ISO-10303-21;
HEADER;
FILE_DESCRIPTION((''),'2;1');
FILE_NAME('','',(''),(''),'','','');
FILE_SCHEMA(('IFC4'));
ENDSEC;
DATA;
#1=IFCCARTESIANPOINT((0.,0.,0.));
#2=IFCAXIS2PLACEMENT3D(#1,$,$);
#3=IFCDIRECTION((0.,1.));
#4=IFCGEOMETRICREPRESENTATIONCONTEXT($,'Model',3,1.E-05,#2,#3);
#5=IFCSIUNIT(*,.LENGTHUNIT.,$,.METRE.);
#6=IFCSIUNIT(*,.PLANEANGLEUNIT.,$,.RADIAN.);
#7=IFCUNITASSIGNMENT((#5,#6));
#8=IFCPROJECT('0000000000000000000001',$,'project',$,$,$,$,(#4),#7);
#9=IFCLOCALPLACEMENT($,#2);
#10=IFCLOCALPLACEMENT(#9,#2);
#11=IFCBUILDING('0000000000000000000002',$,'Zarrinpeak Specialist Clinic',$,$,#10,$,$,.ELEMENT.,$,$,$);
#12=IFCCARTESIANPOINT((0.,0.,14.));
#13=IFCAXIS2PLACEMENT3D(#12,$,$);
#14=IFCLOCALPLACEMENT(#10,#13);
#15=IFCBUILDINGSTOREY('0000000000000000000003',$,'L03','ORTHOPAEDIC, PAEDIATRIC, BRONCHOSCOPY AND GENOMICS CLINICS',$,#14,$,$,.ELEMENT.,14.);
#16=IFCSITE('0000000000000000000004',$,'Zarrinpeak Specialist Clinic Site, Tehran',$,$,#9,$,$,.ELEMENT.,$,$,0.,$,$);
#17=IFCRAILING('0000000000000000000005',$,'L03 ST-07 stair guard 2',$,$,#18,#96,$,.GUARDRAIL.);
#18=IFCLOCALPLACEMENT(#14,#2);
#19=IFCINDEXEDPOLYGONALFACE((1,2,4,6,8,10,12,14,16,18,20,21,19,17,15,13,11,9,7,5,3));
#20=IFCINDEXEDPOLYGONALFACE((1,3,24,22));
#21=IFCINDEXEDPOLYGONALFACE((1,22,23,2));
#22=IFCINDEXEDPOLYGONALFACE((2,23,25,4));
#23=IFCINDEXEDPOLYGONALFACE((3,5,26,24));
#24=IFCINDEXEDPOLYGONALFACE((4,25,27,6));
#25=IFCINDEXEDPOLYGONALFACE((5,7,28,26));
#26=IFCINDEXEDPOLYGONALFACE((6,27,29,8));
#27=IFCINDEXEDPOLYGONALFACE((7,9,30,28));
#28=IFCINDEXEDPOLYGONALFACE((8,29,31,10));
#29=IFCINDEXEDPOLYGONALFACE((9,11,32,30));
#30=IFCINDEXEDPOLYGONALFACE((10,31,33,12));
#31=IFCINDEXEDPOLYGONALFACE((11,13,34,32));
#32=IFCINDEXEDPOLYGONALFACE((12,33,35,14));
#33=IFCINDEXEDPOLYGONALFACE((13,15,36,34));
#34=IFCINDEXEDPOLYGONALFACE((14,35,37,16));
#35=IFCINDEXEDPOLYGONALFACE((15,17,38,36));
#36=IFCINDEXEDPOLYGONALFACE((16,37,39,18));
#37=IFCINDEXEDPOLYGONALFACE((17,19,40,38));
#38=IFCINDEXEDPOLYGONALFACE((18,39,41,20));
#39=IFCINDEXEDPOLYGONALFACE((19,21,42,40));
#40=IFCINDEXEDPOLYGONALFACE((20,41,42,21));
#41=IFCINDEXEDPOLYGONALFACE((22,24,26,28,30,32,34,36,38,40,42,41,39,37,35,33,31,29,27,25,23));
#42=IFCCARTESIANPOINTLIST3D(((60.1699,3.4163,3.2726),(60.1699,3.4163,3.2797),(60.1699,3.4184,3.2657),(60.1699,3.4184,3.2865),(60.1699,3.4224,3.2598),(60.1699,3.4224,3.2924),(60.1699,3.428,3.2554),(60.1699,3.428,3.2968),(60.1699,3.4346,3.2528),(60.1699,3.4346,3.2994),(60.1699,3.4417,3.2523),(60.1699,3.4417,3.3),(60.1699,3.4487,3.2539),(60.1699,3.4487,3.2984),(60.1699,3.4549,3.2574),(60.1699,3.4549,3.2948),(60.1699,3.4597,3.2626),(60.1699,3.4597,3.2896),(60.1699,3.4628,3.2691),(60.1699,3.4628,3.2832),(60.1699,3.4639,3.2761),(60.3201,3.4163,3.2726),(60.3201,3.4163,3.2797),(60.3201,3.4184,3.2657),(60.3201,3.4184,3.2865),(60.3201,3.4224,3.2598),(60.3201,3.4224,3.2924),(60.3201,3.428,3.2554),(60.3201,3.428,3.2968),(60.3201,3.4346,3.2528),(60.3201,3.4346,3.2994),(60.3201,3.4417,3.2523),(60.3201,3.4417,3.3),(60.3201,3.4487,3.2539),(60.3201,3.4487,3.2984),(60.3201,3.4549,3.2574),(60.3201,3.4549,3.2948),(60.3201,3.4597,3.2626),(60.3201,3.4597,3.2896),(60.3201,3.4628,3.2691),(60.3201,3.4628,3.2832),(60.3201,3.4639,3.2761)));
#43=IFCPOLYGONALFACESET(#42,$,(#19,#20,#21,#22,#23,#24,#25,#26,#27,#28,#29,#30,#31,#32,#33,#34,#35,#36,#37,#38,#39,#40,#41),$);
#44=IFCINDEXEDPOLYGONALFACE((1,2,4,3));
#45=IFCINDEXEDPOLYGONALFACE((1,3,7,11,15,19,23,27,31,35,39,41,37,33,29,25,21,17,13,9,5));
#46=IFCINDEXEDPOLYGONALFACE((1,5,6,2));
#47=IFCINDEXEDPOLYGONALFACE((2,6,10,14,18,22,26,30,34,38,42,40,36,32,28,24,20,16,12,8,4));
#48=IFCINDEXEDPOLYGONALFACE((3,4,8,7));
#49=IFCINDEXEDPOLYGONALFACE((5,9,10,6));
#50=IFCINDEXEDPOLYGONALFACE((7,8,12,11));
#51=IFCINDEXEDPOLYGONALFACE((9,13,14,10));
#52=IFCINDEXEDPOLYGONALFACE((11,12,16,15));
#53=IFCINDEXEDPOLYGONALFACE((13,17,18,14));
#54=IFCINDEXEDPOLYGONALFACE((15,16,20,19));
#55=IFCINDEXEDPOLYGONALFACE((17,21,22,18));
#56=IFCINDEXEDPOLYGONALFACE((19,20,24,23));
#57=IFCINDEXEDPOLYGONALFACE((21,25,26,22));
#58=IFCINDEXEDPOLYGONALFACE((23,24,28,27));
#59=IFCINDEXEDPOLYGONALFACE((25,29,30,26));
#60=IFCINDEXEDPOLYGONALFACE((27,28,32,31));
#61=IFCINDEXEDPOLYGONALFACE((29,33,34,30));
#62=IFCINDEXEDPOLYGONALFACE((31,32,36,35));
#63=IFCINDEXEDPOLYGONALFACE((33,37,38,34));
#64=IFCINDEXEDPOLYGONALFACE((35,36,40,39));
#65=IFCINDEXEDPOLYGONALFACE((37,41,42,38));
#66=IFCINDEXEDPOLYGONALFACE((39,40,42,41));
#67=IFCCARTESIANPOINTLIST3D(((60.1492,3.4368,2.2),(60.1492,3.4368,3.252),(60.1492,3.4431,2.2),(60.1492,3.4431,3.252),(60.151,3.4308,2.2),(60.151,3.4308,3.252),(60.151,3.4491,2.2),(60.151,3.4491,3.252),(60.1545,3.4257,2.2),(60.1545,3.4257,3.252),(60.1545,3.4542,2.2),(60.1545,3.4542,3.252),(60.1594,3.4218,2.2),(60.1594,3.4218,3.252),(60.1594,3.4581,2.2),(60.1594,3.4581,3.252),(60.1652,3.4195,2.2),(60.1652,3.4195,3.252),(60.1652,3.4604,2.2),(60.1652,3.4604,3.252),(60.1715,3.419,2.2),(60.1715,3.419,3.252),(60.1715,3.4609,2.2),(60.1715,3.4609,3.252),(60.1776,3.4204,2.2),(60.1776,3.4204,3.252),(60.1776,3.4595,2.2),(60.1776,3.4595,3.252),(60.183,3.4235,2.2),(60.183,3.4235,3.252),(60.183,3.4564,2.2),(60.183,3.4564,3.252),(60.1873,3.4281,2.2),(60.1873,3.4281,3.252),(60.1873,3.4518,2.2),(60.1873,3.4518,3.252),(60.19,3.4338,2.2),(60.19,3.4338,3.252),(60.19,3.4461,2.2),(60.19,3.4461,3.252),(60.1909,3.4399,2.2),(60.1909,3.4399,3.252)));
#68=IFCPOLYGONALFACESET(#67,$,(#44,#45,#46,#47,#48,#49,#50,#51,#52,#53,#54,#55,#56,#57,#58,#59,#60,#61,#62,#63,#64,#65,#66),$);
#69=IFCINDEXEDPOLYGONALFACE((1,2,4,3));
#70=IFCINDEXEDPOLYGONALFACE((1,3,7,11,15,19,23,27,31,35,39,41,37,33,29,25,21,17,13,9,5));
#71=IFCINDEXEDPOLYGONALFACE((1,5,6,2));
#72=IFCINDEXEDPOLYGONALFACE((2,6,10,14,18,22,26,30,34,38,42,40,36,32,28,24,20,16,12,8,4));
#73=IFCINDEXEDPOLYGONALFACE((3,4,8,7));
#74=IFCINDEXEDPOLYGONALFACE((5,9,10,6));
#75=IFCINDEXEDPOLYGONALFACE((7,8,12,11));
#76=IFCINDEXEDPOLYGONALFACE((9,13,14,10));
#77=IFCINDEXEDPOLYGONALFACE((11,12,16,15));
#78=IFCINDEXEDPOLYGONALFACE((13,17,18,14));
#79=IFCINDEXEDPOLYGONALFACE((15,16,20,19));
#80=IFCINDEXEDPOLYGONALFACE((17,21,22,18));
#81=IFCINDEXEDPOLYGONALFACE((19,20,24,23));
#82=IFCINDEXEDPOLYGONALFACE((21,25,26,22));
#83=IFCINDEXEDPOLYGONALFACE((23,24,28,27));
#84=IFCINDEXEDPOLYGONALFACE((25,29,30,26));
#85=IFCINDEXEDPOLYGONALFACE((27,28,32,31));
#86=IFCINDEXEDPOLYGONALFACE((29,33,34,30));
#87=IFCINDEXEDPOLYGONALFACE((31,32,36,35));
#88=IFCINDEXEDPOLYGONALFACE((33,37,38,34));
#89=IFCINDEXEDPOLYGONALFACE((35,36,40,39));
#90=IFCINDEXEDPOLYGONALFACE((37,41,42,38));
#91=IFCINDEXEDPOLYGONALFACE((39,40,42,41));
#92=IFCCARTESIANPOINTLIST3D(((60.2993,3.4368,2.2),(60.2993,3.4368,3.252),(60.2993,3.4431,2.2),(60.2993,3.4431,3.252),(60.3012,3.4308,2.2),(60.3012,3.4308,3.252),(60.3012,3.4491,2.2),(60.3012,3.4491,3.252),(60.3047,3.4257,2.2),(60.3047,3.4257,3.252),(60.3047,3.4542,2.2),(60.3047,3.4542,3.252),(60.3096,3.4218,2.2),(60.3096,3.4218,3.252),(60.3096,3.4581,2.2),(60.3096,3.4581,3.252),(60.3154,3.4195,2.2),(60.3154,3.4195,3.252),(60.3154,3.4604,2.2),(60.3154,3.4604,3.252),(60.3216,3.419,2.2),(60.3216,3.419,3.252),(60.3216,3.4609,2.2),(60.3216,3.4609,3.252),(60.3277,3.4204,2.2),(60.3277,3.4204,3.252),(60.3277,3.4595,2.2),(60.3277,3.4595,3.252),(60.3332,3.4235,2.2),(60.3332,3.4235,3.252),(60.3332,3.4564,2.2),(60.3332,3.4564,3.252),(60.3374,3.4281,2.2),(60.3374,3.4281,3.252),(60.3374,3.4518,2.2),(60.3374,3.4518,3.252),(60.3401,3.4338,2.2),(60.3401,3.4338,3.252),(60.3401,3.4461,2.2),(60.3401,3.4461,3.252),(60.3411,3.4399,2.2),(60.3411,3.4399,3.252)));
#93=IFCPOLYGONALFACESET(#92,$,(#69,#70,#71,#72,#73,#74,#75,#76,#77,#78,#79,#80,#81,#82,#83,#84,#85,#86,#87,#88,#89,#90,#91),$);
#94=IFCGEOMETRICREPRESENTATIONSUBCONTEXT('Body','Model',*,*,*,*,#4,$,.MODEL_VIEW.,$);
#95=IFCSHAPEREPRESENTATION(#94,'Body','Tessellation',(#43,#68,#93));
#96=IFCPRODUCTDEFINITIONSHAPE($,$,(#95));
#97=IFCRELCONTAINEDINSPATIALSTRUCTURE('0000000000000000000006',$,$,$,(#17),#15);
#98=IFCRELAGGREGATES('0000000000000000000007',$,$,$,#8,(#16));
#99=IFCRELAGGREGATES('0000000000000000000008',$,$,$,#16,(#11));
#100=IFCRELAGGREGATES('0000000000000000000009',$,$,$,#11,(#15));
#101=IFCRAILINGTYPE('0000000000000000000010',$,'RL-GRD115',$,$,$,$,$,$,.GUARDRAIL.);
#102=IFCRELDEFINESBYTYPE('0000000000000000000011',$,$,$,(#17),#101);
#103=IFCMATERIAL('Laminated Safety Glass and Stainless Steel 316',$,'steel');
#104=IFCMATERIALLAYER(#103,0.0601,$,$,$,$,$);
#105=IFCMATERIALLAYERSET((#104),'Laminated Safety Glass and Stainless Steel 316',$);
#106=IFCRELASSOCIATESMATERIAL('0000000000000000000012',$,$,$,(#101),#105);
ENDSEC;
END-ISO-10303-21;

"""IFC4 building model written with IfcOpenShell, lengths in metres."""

from ifc_helpers import new_model, si_unit, direction, frame, origin, origin_2d, place, context, subcontext, project, spatial, circle, extrude, material, layer, layer_set, type_object, element, save


model = new_model("IFC4")

# Units and contexts
model_context = context("Model", 3, precision=1e-05, world=origin(), true_north=direction((0.0, 1.0)))
body_context = subcontext(model_context, "Body", "Model", "MODEL_VIEW")
ifc_project = project(units=[si_unit("LENGTHUNIT", "METRE"), si_unit("PLANEANGLEUNIT", "RADIAN")], contexts=[model_context])

# Site, building, storey
site_placement = place(None, origin())
site = spatial("IfcSite", under=ifc_project, at=site_placement, Name="Zarrinpeak Specialist Clinic Site, Tehran", CompositionType="ELEMENT", RefElevation=0.0)
building_placement = place(site_placement, origin())
building = spatial("IfcBuilding", under=site, at=building_placement, Name="Zarrinpeak Specialist Clinic", CompositionType="ELEMENT")
storey_placement = place(building_placement, frame((0.0, 0.0, 14.0)))
storey = spatial("IfcBuildingStorey", under=building, at=storey_placement, Name="L03", Description="ORTHOPAEDIC, PAEDIATRIC, BRONCHOSCOPY AND GENOMICS CLINICS", CompositionType="ELEMENT", Elevation=14.0)

# Railing
ifc_material_1 = material(Name="Laminated Safety Glass and Stainless Steel 316", Category="steel")
ifc_layer_1 = layer(ifc_material_1, 0.0601)
ifc_layer_set_1 = layer_set([ifc_layer_1], Name="Laminated Safety Glass and Stainless Steel 316")
railing_type_1 = type_object("IfcRailingType", Name="RL-GRD115", PredefinedType="GUARDRAIL", material=ifc_layer_set_1)
railing_1_placement = place(storey_placement, frame((60.1699, 3.4399, 2.2)))
element("IfcRailing", 1, at=railing_1_placement, inside=storey, type_object=railing_type_1, Name="L03 ST-07 stair guard 2", PredefinedType="GUARDRAIL", context=body_context, shape_type="SweptSolid", body=[
    extrude(circle(Radius=0.0239, at=origin_2d()), frame((0.0, 0.0, 1.0762), z_axis=(1.0, 0.0, 0.0), x_axis=(0.0, 1.0, 0.0)), (0.0, 0.0, 1.0), 0.1501),
    extrude(circle(Radius=0.021, at=origin_2d()), origin(), (0.0, 0.0, 1.0), 1.052),
    extrude(circle(Radius=0.021, at=origin_2d()), frame((0.1501, 0.0, 0.0)), (0.0, 0.0, 1.0), 1.052),
])

save(model, "model.ifc")
